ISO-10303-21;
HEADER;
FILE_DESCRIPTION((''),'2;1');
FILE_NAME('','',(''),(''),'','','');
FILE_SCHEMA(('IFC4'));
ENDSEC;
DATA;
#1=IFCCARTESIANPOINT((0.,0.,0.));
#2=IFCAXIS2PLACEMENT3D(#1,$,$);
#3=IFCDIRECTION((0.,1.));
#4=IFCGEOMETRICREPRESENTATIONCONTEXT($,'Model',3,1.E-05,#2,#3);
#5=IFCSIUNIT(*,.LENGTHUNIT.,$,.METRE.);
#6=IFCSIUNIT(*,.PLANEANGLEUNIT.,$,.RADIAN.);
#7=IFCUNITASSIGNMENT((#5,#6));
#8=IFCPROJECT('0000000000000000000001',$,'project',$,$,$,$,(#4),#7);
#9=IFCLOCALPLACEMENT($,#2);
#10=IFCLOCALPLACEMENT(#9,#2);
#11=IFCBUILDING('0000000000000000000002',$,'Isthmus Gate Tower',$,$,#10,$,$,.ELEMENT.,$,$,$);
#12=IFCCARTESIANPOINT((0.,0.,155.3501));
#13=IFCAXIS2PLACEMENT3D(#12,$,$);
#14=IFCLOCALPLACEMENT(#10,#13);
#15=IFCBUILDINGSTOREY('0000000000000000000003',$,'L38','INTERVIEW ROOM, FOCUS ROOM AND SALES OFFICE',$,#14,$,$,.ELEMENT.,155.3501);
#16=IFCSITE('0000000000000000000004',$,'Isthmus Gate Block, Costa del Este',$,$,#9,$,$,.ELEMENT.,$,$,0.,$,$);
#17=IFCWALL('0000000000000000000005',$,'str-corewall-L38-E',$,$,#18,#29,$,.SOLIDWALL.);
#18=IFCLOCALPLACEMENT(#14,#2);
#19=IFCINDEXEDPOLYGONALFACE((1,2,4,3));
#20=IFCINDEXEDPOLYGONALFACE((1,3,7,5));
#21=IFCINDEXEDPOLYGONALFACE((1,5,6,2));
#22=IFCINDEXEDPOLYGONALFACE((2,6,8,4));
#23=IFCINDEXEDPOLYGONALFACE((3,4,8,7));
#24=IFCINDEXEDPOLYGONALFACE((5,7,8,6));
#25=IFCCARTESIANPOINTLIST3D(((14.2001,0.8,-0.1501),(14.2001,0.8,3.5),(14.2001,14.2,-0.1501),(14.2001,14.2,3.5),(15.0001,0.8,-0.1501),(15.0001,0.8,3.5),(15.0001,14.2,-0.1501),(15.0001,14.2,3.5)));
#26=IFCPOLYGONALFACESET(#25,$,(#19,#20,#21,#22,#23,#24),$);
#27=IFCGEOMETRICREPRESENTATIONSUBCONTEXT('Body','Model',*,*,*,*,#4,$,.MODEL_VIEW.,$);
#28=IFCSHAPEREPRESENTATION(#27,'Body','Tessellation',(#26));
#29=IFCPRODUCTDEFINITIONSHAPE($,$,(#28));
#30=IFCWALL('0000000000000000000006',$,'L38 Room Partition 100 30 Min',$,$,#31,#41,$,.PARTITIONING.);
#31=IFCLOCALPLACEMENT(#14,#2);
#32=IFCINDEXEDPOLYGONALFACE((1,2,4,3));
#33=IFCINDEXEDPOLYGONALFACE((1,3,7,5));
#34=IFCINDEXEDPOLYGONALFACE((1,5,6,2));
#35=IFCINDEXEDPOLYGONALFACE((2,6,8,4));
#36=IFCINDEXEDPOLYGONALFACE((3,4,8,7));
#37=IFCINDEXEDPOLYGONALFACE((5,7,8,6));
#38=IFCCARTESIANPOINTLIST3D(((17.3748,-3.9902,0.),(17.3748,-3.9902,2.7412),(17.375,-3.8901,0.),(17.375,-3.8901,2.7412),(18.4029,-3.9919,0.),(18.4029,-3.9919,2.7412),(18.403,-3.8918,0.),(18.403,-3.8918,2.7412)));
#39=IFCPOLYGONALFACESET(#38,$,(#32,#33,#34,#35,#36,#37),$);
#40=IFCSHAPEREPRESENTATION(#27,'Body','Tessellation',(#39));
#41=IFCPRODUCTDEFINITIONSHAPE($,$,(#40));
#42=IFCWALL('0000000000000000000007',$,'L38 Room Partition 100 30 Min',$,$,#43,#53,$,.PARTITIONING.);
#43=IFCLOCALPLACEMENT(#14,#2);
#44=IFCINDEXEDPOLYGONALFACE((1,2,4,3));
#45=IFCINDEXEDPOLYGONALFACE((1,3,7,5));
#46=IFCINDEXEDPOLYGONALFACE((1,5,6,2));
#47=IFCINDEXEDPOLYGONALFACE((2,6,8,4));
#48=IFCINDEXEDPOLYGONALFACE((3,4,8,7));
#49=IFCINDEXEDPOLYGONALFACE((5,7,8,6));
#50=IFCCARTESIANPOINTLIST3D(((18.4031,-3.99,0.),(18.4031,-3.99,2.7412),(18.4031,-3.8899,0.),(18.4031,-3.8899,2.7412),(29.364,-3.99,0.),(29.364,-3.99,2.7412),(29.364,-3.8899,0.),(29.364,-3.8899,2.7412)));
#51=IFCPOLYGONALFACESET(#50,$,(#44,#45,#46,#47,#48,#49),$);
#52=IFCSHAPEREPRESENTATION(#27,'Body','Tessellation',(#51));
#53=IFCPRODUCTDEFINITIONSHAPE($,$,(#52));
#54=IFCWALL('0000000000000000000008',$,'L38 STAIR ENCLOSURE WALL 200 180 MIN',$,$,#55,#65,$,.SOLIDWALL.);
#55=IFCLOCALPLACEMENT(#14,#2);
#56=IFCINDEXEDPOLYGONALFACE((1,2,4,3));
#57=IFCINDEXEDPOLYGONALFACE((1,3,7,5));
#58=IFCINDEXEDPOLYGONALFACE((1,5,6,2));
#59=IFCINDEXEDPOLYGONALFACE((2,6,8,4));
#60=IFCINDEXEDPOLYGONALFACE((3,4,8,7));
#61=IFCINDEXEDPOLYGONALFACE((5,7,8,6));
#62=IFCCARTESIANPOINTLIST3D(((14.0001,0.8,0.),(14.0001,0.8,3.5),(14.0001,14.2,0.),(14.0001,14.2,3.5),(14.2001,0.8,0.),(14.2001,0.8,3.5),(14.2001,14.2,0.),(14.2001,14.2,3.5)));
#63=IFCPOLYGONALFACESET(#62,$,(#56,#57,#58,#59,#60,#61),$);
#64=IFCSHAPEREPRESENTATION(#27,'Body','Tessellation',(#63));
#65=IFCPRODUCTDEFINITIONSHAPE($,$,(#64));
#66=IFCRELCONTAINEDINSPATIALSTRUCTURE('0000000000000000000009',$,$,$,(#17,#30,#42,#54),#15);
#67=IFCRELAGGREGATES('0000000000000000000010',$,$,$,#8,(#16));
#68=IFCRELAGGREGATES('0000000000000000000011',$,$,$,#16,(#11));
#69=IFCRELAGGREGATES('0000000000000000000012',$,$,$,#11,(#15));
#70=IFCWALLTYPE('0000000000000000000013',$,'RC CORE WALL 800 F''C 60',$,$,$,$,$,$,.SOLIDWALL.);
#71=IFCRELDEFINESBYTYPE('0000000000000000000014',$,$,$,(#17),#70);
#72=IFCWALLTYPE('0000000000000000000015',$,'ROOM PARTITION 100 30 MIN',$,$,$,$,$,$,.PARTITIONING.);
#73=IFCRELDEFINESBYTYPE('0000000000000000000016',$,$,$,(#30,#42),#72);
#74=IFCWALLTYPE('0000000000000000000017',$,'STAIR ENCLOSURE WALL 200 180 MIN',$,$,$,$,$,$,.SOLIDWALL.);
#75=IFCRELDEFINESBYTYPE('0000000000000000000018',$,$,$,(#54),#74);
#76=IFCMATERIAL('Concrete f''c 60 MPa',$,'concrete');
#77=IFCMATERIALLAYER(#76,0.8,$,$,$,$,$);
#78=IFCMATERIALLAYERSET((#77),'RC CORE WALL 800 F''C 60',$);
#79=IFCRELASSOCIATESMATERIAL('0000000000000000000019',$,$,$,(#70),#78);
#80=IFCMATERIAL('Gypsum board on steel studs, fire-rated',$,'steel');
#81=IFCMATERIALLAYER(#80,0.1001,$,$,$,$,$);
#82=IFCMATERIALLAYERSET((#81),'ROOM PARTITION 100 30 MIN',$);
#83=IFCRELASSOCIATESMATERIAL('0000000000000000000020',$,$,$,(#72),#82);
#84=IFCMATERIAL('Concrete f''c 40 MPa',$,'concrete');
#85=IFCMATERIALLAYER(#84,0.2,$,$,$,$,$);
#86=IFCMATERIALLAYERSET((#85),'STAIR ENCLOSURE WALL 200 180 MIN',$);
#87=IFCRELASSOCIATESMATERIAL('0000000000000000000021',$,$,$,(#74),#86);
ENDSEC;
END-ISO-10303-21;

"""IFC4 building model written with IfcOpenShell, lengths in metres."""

from ifc_helpers import new_model, si_unit, direction, frame, frame_2d, origin, place, context, subcontext, project, spatial, rectangle, extrude, material, layer, layer_set, type_object, element, save


model = new_model("IFC4")

# Units and contexts
model_context = context("Model", 3, precision=1e-05, world=origin(), true_north=direction((0.0, 1.0)))
body_context = subcontext(model_context, "Body", "Model", "MODEL_VIEW")
ifc_project = project(units=[si_unit("LENGTHUNIT", "METRE"), si_unit("PLANEANGLEUNIT", "RADIAN")], contexts=[model_context])

# Site, building, storey
site_placement = place(None, origin())
site = spatial("IfcSite", under=ifc_project, at=site_placement, Name="Isthmus Gate Block, Costa del Este", CompositionType="ELEMENT", RefElevation=0.0)
building_placement = place(site_placement, origin())
building = spatial("IfcBuilding", under=site, at=building_placement, Name="Isthmus Gate Tower", CompositionType="ELEMENT")
storey_placement = place(building_placement, frame((0.0, 0.0, 155.3501)))
storey = spatial("IfcBuildingStorey", under=building, at=storey_placement, Name="L38", Description="INTERVIEW ROOM, FOCUS ROOM AND SALES OFFICE", CompositionType="ELEMENT", Elevation=155.3501)

# Walls
ifc_material_1 = material(Name="Concrete f'c 60 MPa", Category="concrete")
ifc_layer_1 = layer(ifc_material_1, 0.8)
ifc_layer_set_1 = layer_set([ifc_layer_1], Name="RC CORE WALL 800 F'C 60")
wall_type_1 = type_object("IfcWallType", Name="RC CORE WALL 800 F'C 60", PredefinedType="SOLIDWALL", material=ifc_layer_set_1)
wall_1_placement = place(storey_placement, frame((14.6001, 0.8, -0.1501), z_axis=(0.0, 0.0, 1.0), x_axis=(0.0, 1.0, 0.0)))
element("IfcWall", 1, at=wall_1_placement, inside=storey, type_object=wall_type_1, Name="str-corewall-L38-E", PredefinedType="SOLIDWALL", context=body_context, shape_type="SweptSolid", body=[
    extrude(rectangle(XDim=13.3999, YDim=0.8, at=frame_2d((6.7, 0.0))), origin(), (0.0, 0.0, 1.0), 3.6501),
])
ifc_material_2 = material(Name="Gypsum board on steel studs, fire-rated", Category="steel")
ifc_layer_2 = layer(ifc_material_2, 0.1001)
ifc_layer_set_2 = layer_set([ifc_layer_2], Name="ROOM PARTITION 100 30 MIN")
wall_type_2 = type_object("IfcWallType", Name="ROOM PARTITION 100 30 MIN", PredefinedType="PARTITIONING", material=ifc_layer_set_2)
wall_2_placement = place(storey_placement, frame((18.4031, -3.9419, 0.0), z_axis=(0.0, 0.0, 1.0), x_axis=(-0.999999, 0.001662, 0.0)))
element("IfcWall", 2, at=wall_2_placement, inside=storey, type_object=wall_type_2, Name="L38 Room Partition 100 30 Min", PredefinedType="PARTITIONING", context=body_context, shape_type="SweptSolid", body=[
    extrude(rectangle(XDim=1.0281, YDim=0.1001, at=frame_2d((0.5142, 0.0))), origin(), (0.0, 0.0, 1.0), 2.7412),
])
wall_3_placement = place(storey_placement, frame((18.4031, -3.9399, 0.0), z_axis=(0.0, 0.0, 1.0), x_axis=(1.0, 0.0, 0.0)))
element("IfcWall", 3, at=wall_3_placement, inside=storey, type_object=wall_type_2, Name="L38 Room Partition 100 30 Min", PredefinedType="PARTITIONING", context=body_context, shape_type="SweptSolid", body=[
    extrude(rectangle(XDim=10.9609, YDim=0.1001, at=frame_2d((5.4805, 0.0))), origin(), (0.0, 0.0, 1.0), 2.7412),
])
ifc_material_3 = material(Name="Concrete f'c 40 MPa", Category="concrete")
ifc_layer_3 = layer(ifc_material_3, 0.2)
ifc_layer_set_3 = layer_set([ifc_layer_3], Name="STAIR ENCLOSURE WALL 200 180 MIN")
wall_type_3 = type_object("IfcWallType", Name="STAIR ENCLOSURE WALL 200 180 MIN", PredefinedType="SOLIDWALL", material=ifc_layer_set_3)
wall_4_placement = place(storey_placement, frame((14.1001, 0.8, 0.0), z_axis=(0.0, 0.0, 1.0), x_axis=(0.0, 1.0, 0.0)))
element("IfcWall", 4, at=wall_4_placement, inside=storey, type_object=wall_type_3, Name="L38 STAIR ENCLOSURE WALL 200 180 MIN", PredefinedType="SOLIDWALL", context=body_context, shape_type="SweptSolid", body=[
    extrude(rectangle(XDim=13.3999, YDim=0.2, at=frame_2d((6.7, 0.0))), origin(), (0.0, 0.0, 1.0), 3.5),
])

save(model, "model.ifc")
